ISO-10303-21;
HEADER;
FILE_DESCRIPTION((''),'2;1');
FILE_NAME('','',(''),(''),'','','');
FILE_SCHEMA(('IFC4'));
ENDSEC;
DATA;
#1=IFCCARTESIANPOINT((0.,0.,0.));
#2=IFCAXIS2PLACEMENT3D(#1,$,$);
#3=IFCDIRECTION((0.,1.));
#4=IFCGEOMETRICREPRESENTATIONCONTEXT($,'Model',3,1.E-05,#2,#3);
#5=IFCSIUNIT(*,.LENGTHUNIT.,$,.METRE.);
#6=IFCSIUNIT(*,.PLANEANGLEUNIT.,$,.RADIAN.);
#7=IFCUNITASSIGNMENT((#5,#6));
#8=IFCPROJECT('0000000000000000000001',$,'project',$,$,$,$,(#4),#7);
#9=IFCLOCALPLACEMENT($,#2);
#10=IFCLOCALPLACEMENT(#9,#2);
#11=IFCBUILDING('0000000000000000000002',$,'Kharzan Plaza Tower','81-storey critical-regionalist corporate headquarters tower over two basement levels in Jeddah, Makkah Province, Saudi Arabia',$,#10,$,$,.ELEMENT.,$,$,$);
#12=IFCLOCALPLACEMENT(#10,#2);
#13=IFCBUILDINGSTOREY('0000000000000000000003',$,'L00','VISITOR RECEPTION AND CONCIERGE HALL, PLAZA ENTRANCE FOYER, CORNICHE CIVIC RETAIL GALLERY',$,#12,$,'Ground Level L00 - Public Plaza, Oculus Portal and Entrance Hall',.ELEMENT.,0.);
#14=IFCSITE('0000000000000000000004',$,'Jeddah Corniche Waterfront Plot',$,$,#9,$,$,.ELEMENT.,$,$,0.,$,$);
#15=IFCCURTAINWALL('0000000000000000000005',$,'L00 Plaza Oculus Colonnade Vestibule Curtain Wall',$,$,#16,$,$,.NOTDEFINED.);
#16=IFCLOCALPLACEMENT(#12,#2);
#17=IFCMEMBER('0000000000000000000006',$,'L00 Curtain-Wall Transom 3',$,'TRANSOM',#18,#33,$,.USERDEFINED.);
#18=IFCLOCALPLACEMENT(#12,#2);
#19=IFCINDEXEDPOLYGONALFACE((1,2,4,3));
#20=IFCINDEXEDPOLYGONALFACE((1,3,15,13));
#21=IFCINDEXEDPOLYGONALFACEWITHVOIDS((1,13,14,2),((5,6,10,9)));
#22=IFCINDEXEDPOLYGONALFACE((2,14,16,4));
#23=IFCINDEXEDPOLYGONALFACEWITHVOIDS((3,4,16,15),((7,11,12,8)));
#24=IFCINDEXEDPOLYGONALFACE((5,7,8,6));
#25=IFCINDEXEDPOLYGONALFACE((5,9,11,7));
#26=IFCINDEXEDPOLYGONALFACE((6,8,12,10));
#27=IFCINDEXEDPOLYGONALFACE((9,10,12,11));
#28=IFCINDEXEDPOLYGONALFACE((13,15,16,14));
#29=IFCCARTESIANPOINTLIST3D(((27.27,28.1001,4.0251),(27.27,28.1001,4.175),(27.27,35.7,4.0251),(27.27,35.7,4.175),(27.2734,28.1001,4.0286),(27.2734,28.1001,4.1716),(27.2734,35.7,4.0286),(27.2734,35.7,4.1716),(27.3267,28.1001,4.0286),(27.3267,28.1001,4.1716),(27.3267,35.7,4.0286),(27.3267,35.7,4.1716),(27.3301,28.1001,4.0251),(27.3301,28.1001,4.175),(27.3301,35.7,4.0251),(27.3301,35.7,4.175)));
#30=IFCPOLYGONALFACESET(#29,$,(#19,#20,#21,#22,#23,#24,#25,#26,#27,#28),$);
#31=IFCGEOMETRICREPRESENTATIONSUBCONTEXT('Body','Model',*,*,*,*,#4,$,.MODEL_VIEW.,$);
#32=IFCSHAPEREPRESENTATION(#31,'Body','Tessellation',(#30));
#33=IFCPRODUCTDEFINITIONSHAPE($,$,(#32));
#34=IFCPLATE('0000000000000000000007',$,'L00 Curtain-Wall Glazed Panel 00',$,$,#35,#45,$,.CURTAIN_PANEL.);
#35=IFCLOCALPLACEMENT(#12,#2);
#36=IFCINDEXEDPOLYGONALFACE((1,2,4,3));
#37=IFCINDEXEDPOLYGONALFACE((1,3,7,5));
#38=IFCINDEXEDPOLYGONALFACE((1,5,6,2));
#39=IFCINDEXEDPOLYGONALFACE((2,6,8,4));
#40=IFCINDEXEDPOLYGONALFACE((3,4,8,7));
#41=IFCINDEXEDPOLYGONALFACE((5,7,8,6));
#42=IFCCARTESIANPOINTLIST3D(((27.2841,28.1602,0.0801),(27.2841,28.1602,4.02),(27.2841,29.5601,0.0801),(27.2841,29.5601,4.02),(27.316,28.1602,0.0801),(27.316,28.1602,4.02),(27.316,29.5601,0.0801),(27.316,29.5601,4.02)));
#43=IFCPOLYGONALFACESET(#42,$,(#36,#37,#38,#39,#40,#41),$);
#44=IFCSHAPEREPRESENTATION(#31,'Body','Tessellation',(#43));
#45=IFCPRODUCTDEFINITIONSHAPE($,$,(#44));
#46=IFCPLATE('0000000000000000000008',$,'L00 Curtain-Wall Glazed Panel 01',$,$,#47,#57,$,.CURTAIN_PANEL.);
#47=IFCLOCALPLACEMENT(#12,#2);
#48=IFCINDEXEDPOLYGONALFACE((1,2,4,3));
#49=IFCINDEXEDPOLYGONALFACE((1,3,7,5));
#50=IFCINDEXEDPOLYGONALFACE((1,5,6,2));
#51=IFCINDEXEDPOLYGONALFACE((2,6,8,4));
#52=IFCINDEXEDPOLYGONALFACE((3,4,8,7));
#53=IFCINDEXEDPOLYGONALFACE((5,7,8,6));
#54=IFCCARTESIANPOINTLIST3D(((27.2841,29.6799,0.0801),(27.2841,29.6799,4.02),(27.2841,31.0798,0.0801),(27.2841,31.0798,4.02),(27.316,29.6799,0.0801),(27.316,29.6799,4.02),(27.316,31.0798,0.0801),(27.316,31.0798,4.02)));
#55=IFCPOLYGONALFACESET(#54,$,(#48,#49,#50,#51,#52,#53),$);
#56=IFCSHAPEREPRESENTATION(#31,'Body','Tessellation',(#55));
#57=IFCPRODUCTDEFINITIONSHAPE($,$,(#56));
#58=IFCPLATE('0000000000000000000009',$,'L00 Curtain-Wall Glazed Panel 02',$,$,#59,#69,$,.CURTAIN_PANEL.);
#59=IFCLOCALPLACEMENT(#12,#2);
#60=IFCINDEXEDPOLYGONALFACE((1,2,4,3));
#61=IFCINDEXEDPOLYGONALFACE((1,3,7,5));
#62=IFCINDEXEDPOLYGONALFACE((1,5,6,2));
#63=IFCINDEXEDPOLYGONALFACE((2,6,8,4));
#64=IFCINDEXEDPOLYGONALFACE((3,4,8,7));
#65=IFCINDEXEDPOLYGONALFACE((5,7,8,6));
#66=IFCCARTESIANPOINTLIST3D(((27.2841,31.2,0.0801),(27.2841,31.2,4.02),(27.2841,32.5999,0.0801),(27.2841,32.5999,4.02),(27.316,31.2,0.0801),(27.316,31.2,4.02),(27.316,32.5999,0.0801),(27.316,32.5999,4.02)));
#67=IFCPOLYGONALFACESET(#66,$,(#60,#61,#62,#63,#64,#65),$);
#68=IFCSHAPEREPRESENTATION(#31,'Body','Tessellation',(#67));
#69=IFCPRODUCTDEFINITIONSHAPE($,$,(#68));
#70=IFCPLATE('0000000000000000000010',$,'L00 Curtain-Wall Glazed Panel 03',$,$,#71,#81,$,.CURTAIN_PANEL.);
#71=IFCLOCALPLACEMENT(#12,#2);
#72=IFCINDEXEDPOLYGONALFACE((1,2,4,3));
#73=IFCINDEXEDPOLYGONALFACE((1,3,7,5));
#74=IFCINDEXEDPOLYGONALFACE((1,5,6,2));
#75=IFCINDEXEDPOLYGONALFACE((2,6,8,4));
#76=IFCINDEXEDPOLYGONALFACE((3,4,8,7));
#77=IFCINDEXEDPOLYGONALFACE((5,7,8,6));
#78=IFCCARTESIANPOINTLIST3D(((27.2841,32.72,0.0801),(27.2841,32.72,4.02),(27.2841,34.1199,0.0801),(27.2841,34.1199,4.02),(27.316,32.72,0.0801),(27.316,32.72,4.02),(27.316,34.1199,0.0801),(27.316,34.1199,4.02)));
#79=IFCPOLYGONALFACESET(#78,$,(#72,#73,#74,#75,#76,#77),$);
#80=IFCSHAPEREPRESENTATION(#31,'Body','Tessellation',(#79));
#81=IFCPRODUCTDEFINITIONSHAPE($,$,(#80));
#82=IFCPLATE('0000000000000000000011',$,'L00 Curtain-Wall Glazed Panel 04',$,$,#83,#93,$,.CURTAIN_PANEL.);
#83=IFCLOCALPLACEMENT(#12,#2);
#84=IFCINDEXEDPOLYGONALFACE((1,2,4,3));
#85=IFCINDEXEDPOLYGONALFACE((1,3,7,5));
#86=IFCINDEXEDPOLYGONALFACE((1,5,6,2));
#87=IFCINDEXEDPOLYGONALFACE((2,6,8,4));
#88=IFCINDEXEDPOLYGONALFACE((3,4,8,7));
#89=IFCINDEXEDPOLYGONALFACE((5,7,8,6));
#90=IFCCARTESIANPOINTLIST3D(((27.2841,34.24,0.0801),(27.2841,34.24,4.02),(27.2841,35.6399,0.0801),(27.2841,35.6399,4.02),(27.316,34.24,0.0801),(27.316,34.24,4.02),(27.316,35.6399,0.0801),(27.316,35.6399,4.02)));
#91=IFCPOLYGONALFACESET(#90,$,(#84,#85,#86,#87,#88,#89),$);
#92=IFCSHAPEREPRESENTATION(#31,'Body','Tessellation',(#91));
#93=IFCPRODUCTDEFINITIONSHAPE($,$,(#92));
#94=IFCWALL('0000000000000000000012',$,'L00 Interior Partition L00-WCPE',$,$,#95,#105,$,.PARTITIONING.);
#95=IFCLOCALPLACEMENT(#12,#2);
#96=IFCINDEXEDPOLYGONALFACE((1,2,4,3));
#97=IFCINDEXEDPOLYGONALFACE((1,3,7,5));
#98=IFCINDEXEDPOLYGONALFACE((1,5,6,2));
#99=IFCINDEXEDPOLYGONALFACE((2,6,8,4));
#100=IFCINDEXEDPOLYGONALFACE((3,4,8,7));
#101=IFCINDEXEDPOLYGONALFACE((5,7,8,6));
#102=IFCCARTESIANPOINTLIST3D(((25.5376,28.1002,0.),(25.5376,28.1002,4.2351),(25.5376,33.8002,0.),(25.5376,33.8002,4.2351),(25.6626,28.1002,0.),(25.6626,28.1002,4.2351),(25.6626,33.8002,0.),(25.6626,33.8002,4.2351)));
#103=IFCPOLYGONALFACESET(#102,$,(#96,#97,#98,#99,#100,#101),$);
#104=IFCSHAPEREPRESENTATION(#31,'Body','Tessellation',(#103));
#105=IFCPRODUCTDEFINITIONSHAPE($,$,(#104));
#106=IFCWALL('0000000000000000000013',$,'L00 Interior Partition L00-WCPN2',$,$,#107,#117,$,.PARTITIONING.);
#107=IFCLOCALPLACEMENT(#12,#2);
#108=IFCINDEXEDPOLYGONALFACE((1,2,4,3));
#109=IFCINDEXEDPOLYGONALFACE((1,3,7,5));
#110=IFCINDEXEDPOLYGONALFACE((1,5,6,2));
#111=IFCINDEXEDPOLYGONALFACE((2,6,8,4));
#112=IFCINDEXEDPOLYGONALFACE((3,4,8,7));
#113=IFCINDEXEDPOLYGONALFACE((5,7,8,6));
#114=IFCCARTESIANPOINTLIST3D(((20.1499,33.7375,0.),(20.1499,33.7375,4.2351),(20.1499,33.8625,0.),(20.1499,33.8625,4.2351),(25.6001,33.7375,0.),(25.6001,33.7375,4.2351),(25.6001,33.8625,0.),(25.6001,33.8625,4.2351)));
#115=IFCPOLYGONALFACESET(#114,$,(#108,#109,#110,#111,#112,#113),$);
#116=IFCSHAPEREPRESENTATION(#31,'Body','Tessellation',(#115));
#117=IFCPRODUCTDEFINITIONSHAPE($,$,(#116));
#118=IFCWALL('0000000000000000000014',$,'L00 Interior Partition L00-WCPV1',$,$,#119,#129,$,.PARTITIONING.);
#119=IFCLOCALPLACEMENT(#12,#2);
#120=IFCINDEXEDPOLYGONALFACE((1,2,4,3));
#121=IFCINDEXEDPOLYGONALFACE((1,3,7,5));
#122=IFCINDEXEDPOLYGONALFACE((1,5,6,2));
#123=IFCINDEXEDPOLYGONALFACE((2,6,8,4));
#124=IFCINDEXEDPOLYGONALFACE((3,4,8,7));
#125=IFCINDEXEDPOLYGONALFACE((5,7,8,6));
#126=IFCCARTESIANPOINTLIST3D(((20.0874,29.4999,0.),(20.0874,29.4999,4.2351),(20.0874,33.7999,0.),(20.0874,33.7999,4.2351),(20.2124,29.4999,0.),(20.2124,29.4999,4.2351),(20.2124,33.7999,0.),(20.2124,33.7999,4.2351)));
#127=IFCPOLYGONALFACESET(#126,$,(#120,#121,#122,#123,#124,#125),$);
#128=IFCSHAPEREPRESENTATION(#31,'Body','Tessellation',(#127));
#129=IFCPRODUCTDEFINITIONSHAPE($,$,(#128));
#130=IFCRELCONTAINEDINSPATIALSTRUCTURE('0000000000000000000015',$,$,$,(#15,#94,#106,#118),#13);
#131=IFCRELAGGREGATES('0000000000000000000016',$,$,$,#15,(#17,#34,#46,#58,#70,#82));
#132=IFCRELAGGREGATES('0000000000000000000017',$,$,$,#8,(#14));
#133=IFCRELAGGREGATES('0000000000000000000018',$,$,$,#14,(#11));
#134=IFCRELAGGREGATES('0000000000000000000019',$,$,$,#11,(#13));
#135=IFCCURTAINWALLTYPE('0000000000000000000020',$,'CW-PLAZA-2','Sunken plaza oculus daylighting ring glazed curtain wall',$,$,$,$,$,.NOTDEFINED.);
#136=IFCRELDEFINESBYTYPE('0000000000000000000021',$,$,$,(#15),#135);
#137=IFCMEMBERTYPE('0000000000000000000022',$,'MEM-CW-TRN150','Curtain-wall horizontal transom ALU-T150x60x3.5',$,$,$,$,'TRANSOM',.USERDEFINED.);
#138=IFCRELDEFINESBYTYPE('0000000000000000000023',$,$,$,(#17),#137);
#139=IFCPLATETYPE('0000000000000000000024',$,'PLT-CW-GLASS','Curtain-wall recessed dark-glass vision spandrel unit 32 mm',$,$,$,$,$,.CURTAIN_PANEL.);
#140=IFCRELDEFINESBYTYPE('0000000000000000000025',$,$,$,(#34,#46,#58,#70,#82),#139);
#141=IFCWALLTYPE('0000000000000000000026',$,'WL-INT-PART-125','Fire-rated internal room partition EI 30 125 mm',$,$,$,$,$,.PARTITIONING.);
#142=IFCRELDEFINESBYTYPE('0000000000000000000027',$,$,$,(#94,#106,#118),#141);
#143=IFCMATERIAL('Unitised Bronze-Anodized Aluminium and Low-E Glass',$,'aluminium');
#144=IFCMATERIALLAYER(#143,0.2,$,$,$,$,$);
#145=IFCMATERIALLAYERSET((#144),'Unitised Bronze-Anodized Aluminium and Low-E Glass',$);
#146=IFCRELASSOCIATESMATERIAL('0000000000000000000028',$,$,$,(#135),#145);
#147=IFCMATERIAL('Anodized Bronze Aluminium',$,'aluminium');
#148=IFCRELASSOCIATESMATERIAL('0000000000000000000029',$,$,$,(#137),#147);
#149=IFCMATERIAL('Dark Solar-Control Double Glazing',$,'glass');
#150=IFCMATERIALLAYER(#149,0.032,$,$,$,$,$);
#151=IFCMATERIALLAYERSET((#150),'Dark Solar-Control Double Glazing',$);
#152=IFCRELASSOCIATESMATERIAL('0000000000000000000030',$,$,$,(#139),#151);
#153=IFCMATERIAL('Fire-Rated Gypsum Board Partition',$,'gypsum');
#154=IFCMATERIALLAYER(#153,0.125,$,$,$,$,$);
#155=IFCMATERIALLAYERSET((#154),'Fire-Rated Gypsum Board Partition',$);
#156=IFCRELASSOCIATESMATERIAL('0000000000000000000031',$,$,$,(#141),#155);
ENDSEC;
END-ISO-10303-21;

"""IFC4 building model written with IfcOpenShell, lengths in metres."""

from ifc_helpers import new_model, si_unit, direction, frame, frame_2d, origin, origin_2d, place, context, subcontext, project, spatial, rectangle, hollow_rectangle, extrude, source, transform, mapped, material, layer, layer_set, material_profile, profile_set, type_object, element, aggregate, save


model = new_model("IFC4")

# Units and contexts
model_context = context("Model", 3, precision=1e-05, world=origin(), true_north=direction((0.0, 1.0)))
body_context = subcontext(model_context, "Body", "Model", "MODEL_VIEW")
ifc_project = project(units=[si_unit("LENGTHUNIT", "METRE"), si_unit("PLANEANGLEUNIT", "RADIAN")], contexts=[model_context])

# Site, building, storey
site_placement = place(None, origin())
site = spatial("IfcSite", under=ifc_project, at=site_placement, Name="Jeddah Corniche Waterfront Plot", CompositionType="ELEMENT", RefElevation=0.0)
building_placement = place(site_placement, origin())
building = spatial("IfcBuilding", under=site, at=building_placement, Name="Kharzan Plaza Tower", Description="81-storey critical-regionalist corporate headquarters tower over two basement levels in Jeddah, Makkah Province, Saudi Arabia", CompositionType="ELEMENT")
storey_placement = place(building_placement, origin())
storey = spatial("IfcBuildingStorey", under=building, at=storey_placement, Name="L00", Description="VISITOR RECEPTION AND CONCIERGE HALL, PLAZA ENTRANCE FOYER, CORNICHE CIVIC RETAIL GALLERY", LongName="Ground Level L00 - Public Plaza, Oculus Portal and Entrance Hall", CompositionType="ELEMENT", Elevation=0.0)

# Curtain wall, member, plates
ifc_material_1 = material(Name="Unitised Bronze-Anodized Aluminium and Low-E Glass", Category="aluminium")
ifc_layer_1 = layer(ifc_material_1, 0.2)
ifc_layer_set_1 = layer_set([ifc_layer_1], Name="Unitised Bronze-Anodized Aluminium and Low-E Glass")
curtain_wall_type = type_object("IfcCurtainWallType", Name="CW-PLAZA-2", Description="Sunken plaza oculus daylighting ring glazed curtain wall", PredefinedType="NOTDEFINED", material=ifc_layer_set_1)
curtain_wall_placement = place(storey_placement, origin())
curtain_wall = element("IfcCurtainWall", 1, at=curtain_wall_placement, inside=storey, type_object=curtain_wall_type, Name="L00 Plaza Oculus Colonnade Vestibule Curtain Wall", PredefinedType="NOTDEFINED")
ifc_material_2 = material(Name="Anodized Bronze Aluminium", Category="aluminium")
ifc_material_profile_1 = material_profile(ifc_material_2, hollow_rectangle(XDim=0.0601, YDim=0.1499, WallThickness=0.0034, at=origin_2d()), Name="ALU-T150x60x3.5")
ifc_profile_set_1 = profile_set([ifc_material_profile_1], Name="Anodized Bronze Aluminium")
member_type_1 = type_object("IfcMemberType", Name="MEM-CW-TRN150", Description="Curtain-wall horizontal transom ALU-T150x60x3.5", ElementType="TRANSOM", PredefinedType="USERDEFINED", material=ifc_profile_set_1)
shared_shape_1 = source(origin(), body_context, "Body", "SweptSolid", [
    extrude(hollow_rectangle(XDim=0.0601, YDim=0.1499, WallThickness=0.0034, at=origin_2d()), origin(), (0.0, 0.0, 1.0), 7.5999),
])
member_1_placement = place(storey_placement, frame((27.3, 28.1001, 4.1001), z_axis=(0.0, 1.0, 0.0), x_axis=(-1.0, 0.0, 0.0)))
member_1 = element("IfcMember", 2, at=member_1_placement, type_object=member_type_1, Name="L00 Curtain-Wall Transom 3", ObjectType="TRANSOM", PredefinedType="USERDEFINED", context=body_context, shape_type="MappedRepresentation", body=[
    mapped(shared_shape_1, transform((0.0, 0.0, 0.0), x_axis=(1.0, 0.0, 0.0), y_axis=(0.0, 1.0, 0.0), z_axis=(0.0, 0.0, 1.0))),
])
ifc_material_3 = material(Name="Dark Solar-Control Double Glazing", Category="glass")
ifc_layer_2 = layer(ifc_material_3, 0.032)
ifc_layer_set_2 = layer_set([ifc_layer_2], Name="Dark Solar-Control Double Glazing")
plate_type = type_object("IfcPlateType", Name="PLT-CW-GLASS", Description="Curtain-wall recessed dark-glass vision spandrel unit 32 mm", PredefinedType="CURTAIN_PANEL", material=ifc_layer_set_2)
shared_shape_2 = source(origin(), body_context, "Body", "SweptSolid", [
    extrude(rectangle(XDim=1.3999, YDim=0.032, at=origin_2d()), origin(), (0.0, 0.0, 1.0), 3.9399),
])
plate_1_placement = place(storey_placement, frame((27.3, 28.8601, 0.0801), z_axis=(0.0, 0.0, 1.0), x_axis=(0.0, 1.0, 0.0)))
plate_1 = element("IfcPlate", 3, at=plate_1_placement, type_object=plate_type, Name="L00 Curtain-Wall Glazed Panel 00", PredefinedType="CURTAIN_PANEL", context=body_context, shape_type="MappedRepresentation", body=[
    mapped(shared_shape_2, transform((0.0, 0.0, 0.0), x_axis=(1.0, 0.0, 0.0), y_axis=(0.0, 1.0, 0.0), z_axis=(0.0, 0.0, 1.0))),
])
plate_2_placement = place(storey_placement, frame((27.3, 30.3799, 0.0801), z_axis=(0.0, 0.0, 1.0), x_axis=(0.0, 1.0, 0.0)))
plate_2 = element("IfcPlate", 4, at=plate_2_placement, type_object=plate_type, Name="L00 Curtain-Wall Glazed Panel 01", PredefinedType="CURTAIN_PANEL", context=body_context, shape_type="MappedRepresentation", body=[
    mapped(shared_shape_2, transform((0.0, 0.0, 0.0), x_axis=(1.0, 0.0, 0.0), y_axis=(0.0, 1.0, 0.0), z_axis=(0.0, 0.0, 1.0))),
])
plate_3_placement = place(storey_placement, frame((27.3, 31.8999, 0.0801), z_axis=(0.0, 0.0, 1.0), x_axis=(0.0, 1.0, 0.0)))
plate_3 = element("IfcPlate", 5, at=plate_3_placement, type_object=plate_type, Name="L00 Curtain-Wall Glazed Panel 02", PredefinedType="CURTAIN_PANEL", context=body_context, shape_type="MappedRepresentation", body=[
    mapped(shared_shape_2, transform((0.0, 0.0, 0.0), x_axis=(1.0, 0.0, 0.0), y_axis=(0.0, 1.0, 0.0), z_axis=(0.0, 0.0, 1.0))),
])
plate_4_placement = place(storey_placement, frame((27.3, 33.4199, 0.0801), z_axis=(0.0, 0.0, 1.0), x_axis=(0.0, 1.0, 0.0)))
plate_4 = element("IfcPlate", 6, at=plate_4_placement, type_object=plate_type, Name="L00 Curtain-Wall Glazed Panel 03", PredefinedType="CURTAIN_PANEL", context=body_context, shape_type="MappedRepresentation", body=[
    mapped(shared_shape_2, transform((0.0, 0.0, 0.0), x_axis=(1.0, 0.0, 0.0), y_axis=(0.0, 1.0, 0.0), z_axis=(0.0, 0.0, 1.0))),
])
plate_5_placement = place(storey_placement, frame((27.3, 34.9399, 0.0801), z_axis=(0.0, 0.0, 1.0), x_axis=(0.0, 1.0, 0.0)))
plate_5 = element("IfcPlate", 7, at=plate_5_placement, type_object=plate_type, Name="L00 Curtain-Wall Glazed Panel 04", PredefinedType="CURTAIN_PANEL", context=body_context, shape_type="MappedRepresentation", body=[
    mapped(shared_shape_2, transform((0.0, 0.0, 0.0), x_axis=(1.0, 0.0, 0.0), y_axis=(0.0, 1.0, 0.0), z_axis=(0.0, 0.0, 1.0))),
])
aggregate(curtain_wall, [member_1, plate_1, plate_2, plate_3, plate_4, plate_5])

# Shared definitions
ifc_material_4 = material(Name="Fire-Rated Gypsum Board Partition", Category="gypsum")
ifc_layer_3 = layer(ifc_material_4, 0.125)
ifc_layer_set_3 = layer_set([ifc_layer_3], Name="Fire-Rated Gypsum Board Partition")
wall_type = type_object("IfcWallType", Name="WL-INT-PART-125", Description="Fire-rated internal room partition EI 30 125 mm", PredefinedType="PARTITIONING", material=ifc_layer_set_3)

# Walls
shared_shape_3 = source(origin(), body_context, "Body", "SweptSolid", [
    extrude(rectangle(XDim=5.7, YDim=0.125, at=frame_2d((2.8501, 0.0))), origin(), (0.0, 0.0, 1.0), 4.2351),
])
wall_1_placement = place(storey_placement, frame((25.6001, 28.1001, 0.0), z_axis=(0.0, 0.0, 1.0), x_axis=(0.0, 1.0, 0.0)))
element("IfcWall", 8, at=wall_1_placement, inside=storey, type_object=wall_type, Name="L00 Interior Partition L00-WCPE", PredefinedType="PARTITIONING", context=body_context, shape_type="MappedRepresentation", body=[
    mapped(shared_shape_3, transform((0.0, 0.0, 0.0), x_axis=(1.0, 0.0, 0.0), y_axis=(0.0, 1.0, 0.0), z_axis=(0.0, 0.0, 1.0))),
])
shared_shape_4 = source(origin(), body_context, "Body", "SweptSolid", [
    extrude(rectangle(XDim=5.4502, YDim=0.125, at=frame_2d((2.7251, 0.0))), origin(), (0.0, 0.0, 1.0), 4.2351),
])
wall_2_placement = place(storey_placement, frame((20.1499, 33.8, 0.0), z_axis=(0.0, 0.0, 1.0), x_axis=(1.0, 0.0, 0.0)))
element("IfcWall", 9, at=wall_2_placement, inside=storey, type_object=wall_type, Name="L00 Interior Partition L00-WCPN2", PredefinedType="PARTITIONING", context=body_context, shape_type="MappedRepresentation", body=[
    mapped(shared_shape_4, transform((0.0, 0.0, 0.0), x_axis=(1.0, 0.0, 0.0), y_axis=(0.0, 1.0, 0.0), z_axis=(0.0, 0.0, 1.0))),
])
shared_shape_5 = source(origin(), body_context, "Body", "SweptSolid", [
    extrude(rectangle(XDim=4.3, YDim=0.125, at=frame_2d((2.1499, 0.0))), origin(), (0.0, 0.0, 1.0), 4.2351),
])
wall_3_placement = place(storey_placement, frame((20.1499, 29.5, 0.0), z_axis=(0.0, 0.0, 1.0), x_axis=(0.0, 1.0, 0.0)))
element("IfcWall", 10, at=wall_3_placement, inside=storey, type_object=wall_type, Name="L00 Interior Partition L00-WCPV1", PredefinedType="PARTITIONING", context=body_context, shape_type="MappedRepresentation", body=[
    mapped(shared_shape_5, transform((0.0, 0.0, 0.0), x_axis=(1.0, 0.0, 0.0), y_axis=(0.0, 1.0, 0.0), z_axis=(0.0, 0.0, 1.0))),
])

save(model, "model.ifc")
